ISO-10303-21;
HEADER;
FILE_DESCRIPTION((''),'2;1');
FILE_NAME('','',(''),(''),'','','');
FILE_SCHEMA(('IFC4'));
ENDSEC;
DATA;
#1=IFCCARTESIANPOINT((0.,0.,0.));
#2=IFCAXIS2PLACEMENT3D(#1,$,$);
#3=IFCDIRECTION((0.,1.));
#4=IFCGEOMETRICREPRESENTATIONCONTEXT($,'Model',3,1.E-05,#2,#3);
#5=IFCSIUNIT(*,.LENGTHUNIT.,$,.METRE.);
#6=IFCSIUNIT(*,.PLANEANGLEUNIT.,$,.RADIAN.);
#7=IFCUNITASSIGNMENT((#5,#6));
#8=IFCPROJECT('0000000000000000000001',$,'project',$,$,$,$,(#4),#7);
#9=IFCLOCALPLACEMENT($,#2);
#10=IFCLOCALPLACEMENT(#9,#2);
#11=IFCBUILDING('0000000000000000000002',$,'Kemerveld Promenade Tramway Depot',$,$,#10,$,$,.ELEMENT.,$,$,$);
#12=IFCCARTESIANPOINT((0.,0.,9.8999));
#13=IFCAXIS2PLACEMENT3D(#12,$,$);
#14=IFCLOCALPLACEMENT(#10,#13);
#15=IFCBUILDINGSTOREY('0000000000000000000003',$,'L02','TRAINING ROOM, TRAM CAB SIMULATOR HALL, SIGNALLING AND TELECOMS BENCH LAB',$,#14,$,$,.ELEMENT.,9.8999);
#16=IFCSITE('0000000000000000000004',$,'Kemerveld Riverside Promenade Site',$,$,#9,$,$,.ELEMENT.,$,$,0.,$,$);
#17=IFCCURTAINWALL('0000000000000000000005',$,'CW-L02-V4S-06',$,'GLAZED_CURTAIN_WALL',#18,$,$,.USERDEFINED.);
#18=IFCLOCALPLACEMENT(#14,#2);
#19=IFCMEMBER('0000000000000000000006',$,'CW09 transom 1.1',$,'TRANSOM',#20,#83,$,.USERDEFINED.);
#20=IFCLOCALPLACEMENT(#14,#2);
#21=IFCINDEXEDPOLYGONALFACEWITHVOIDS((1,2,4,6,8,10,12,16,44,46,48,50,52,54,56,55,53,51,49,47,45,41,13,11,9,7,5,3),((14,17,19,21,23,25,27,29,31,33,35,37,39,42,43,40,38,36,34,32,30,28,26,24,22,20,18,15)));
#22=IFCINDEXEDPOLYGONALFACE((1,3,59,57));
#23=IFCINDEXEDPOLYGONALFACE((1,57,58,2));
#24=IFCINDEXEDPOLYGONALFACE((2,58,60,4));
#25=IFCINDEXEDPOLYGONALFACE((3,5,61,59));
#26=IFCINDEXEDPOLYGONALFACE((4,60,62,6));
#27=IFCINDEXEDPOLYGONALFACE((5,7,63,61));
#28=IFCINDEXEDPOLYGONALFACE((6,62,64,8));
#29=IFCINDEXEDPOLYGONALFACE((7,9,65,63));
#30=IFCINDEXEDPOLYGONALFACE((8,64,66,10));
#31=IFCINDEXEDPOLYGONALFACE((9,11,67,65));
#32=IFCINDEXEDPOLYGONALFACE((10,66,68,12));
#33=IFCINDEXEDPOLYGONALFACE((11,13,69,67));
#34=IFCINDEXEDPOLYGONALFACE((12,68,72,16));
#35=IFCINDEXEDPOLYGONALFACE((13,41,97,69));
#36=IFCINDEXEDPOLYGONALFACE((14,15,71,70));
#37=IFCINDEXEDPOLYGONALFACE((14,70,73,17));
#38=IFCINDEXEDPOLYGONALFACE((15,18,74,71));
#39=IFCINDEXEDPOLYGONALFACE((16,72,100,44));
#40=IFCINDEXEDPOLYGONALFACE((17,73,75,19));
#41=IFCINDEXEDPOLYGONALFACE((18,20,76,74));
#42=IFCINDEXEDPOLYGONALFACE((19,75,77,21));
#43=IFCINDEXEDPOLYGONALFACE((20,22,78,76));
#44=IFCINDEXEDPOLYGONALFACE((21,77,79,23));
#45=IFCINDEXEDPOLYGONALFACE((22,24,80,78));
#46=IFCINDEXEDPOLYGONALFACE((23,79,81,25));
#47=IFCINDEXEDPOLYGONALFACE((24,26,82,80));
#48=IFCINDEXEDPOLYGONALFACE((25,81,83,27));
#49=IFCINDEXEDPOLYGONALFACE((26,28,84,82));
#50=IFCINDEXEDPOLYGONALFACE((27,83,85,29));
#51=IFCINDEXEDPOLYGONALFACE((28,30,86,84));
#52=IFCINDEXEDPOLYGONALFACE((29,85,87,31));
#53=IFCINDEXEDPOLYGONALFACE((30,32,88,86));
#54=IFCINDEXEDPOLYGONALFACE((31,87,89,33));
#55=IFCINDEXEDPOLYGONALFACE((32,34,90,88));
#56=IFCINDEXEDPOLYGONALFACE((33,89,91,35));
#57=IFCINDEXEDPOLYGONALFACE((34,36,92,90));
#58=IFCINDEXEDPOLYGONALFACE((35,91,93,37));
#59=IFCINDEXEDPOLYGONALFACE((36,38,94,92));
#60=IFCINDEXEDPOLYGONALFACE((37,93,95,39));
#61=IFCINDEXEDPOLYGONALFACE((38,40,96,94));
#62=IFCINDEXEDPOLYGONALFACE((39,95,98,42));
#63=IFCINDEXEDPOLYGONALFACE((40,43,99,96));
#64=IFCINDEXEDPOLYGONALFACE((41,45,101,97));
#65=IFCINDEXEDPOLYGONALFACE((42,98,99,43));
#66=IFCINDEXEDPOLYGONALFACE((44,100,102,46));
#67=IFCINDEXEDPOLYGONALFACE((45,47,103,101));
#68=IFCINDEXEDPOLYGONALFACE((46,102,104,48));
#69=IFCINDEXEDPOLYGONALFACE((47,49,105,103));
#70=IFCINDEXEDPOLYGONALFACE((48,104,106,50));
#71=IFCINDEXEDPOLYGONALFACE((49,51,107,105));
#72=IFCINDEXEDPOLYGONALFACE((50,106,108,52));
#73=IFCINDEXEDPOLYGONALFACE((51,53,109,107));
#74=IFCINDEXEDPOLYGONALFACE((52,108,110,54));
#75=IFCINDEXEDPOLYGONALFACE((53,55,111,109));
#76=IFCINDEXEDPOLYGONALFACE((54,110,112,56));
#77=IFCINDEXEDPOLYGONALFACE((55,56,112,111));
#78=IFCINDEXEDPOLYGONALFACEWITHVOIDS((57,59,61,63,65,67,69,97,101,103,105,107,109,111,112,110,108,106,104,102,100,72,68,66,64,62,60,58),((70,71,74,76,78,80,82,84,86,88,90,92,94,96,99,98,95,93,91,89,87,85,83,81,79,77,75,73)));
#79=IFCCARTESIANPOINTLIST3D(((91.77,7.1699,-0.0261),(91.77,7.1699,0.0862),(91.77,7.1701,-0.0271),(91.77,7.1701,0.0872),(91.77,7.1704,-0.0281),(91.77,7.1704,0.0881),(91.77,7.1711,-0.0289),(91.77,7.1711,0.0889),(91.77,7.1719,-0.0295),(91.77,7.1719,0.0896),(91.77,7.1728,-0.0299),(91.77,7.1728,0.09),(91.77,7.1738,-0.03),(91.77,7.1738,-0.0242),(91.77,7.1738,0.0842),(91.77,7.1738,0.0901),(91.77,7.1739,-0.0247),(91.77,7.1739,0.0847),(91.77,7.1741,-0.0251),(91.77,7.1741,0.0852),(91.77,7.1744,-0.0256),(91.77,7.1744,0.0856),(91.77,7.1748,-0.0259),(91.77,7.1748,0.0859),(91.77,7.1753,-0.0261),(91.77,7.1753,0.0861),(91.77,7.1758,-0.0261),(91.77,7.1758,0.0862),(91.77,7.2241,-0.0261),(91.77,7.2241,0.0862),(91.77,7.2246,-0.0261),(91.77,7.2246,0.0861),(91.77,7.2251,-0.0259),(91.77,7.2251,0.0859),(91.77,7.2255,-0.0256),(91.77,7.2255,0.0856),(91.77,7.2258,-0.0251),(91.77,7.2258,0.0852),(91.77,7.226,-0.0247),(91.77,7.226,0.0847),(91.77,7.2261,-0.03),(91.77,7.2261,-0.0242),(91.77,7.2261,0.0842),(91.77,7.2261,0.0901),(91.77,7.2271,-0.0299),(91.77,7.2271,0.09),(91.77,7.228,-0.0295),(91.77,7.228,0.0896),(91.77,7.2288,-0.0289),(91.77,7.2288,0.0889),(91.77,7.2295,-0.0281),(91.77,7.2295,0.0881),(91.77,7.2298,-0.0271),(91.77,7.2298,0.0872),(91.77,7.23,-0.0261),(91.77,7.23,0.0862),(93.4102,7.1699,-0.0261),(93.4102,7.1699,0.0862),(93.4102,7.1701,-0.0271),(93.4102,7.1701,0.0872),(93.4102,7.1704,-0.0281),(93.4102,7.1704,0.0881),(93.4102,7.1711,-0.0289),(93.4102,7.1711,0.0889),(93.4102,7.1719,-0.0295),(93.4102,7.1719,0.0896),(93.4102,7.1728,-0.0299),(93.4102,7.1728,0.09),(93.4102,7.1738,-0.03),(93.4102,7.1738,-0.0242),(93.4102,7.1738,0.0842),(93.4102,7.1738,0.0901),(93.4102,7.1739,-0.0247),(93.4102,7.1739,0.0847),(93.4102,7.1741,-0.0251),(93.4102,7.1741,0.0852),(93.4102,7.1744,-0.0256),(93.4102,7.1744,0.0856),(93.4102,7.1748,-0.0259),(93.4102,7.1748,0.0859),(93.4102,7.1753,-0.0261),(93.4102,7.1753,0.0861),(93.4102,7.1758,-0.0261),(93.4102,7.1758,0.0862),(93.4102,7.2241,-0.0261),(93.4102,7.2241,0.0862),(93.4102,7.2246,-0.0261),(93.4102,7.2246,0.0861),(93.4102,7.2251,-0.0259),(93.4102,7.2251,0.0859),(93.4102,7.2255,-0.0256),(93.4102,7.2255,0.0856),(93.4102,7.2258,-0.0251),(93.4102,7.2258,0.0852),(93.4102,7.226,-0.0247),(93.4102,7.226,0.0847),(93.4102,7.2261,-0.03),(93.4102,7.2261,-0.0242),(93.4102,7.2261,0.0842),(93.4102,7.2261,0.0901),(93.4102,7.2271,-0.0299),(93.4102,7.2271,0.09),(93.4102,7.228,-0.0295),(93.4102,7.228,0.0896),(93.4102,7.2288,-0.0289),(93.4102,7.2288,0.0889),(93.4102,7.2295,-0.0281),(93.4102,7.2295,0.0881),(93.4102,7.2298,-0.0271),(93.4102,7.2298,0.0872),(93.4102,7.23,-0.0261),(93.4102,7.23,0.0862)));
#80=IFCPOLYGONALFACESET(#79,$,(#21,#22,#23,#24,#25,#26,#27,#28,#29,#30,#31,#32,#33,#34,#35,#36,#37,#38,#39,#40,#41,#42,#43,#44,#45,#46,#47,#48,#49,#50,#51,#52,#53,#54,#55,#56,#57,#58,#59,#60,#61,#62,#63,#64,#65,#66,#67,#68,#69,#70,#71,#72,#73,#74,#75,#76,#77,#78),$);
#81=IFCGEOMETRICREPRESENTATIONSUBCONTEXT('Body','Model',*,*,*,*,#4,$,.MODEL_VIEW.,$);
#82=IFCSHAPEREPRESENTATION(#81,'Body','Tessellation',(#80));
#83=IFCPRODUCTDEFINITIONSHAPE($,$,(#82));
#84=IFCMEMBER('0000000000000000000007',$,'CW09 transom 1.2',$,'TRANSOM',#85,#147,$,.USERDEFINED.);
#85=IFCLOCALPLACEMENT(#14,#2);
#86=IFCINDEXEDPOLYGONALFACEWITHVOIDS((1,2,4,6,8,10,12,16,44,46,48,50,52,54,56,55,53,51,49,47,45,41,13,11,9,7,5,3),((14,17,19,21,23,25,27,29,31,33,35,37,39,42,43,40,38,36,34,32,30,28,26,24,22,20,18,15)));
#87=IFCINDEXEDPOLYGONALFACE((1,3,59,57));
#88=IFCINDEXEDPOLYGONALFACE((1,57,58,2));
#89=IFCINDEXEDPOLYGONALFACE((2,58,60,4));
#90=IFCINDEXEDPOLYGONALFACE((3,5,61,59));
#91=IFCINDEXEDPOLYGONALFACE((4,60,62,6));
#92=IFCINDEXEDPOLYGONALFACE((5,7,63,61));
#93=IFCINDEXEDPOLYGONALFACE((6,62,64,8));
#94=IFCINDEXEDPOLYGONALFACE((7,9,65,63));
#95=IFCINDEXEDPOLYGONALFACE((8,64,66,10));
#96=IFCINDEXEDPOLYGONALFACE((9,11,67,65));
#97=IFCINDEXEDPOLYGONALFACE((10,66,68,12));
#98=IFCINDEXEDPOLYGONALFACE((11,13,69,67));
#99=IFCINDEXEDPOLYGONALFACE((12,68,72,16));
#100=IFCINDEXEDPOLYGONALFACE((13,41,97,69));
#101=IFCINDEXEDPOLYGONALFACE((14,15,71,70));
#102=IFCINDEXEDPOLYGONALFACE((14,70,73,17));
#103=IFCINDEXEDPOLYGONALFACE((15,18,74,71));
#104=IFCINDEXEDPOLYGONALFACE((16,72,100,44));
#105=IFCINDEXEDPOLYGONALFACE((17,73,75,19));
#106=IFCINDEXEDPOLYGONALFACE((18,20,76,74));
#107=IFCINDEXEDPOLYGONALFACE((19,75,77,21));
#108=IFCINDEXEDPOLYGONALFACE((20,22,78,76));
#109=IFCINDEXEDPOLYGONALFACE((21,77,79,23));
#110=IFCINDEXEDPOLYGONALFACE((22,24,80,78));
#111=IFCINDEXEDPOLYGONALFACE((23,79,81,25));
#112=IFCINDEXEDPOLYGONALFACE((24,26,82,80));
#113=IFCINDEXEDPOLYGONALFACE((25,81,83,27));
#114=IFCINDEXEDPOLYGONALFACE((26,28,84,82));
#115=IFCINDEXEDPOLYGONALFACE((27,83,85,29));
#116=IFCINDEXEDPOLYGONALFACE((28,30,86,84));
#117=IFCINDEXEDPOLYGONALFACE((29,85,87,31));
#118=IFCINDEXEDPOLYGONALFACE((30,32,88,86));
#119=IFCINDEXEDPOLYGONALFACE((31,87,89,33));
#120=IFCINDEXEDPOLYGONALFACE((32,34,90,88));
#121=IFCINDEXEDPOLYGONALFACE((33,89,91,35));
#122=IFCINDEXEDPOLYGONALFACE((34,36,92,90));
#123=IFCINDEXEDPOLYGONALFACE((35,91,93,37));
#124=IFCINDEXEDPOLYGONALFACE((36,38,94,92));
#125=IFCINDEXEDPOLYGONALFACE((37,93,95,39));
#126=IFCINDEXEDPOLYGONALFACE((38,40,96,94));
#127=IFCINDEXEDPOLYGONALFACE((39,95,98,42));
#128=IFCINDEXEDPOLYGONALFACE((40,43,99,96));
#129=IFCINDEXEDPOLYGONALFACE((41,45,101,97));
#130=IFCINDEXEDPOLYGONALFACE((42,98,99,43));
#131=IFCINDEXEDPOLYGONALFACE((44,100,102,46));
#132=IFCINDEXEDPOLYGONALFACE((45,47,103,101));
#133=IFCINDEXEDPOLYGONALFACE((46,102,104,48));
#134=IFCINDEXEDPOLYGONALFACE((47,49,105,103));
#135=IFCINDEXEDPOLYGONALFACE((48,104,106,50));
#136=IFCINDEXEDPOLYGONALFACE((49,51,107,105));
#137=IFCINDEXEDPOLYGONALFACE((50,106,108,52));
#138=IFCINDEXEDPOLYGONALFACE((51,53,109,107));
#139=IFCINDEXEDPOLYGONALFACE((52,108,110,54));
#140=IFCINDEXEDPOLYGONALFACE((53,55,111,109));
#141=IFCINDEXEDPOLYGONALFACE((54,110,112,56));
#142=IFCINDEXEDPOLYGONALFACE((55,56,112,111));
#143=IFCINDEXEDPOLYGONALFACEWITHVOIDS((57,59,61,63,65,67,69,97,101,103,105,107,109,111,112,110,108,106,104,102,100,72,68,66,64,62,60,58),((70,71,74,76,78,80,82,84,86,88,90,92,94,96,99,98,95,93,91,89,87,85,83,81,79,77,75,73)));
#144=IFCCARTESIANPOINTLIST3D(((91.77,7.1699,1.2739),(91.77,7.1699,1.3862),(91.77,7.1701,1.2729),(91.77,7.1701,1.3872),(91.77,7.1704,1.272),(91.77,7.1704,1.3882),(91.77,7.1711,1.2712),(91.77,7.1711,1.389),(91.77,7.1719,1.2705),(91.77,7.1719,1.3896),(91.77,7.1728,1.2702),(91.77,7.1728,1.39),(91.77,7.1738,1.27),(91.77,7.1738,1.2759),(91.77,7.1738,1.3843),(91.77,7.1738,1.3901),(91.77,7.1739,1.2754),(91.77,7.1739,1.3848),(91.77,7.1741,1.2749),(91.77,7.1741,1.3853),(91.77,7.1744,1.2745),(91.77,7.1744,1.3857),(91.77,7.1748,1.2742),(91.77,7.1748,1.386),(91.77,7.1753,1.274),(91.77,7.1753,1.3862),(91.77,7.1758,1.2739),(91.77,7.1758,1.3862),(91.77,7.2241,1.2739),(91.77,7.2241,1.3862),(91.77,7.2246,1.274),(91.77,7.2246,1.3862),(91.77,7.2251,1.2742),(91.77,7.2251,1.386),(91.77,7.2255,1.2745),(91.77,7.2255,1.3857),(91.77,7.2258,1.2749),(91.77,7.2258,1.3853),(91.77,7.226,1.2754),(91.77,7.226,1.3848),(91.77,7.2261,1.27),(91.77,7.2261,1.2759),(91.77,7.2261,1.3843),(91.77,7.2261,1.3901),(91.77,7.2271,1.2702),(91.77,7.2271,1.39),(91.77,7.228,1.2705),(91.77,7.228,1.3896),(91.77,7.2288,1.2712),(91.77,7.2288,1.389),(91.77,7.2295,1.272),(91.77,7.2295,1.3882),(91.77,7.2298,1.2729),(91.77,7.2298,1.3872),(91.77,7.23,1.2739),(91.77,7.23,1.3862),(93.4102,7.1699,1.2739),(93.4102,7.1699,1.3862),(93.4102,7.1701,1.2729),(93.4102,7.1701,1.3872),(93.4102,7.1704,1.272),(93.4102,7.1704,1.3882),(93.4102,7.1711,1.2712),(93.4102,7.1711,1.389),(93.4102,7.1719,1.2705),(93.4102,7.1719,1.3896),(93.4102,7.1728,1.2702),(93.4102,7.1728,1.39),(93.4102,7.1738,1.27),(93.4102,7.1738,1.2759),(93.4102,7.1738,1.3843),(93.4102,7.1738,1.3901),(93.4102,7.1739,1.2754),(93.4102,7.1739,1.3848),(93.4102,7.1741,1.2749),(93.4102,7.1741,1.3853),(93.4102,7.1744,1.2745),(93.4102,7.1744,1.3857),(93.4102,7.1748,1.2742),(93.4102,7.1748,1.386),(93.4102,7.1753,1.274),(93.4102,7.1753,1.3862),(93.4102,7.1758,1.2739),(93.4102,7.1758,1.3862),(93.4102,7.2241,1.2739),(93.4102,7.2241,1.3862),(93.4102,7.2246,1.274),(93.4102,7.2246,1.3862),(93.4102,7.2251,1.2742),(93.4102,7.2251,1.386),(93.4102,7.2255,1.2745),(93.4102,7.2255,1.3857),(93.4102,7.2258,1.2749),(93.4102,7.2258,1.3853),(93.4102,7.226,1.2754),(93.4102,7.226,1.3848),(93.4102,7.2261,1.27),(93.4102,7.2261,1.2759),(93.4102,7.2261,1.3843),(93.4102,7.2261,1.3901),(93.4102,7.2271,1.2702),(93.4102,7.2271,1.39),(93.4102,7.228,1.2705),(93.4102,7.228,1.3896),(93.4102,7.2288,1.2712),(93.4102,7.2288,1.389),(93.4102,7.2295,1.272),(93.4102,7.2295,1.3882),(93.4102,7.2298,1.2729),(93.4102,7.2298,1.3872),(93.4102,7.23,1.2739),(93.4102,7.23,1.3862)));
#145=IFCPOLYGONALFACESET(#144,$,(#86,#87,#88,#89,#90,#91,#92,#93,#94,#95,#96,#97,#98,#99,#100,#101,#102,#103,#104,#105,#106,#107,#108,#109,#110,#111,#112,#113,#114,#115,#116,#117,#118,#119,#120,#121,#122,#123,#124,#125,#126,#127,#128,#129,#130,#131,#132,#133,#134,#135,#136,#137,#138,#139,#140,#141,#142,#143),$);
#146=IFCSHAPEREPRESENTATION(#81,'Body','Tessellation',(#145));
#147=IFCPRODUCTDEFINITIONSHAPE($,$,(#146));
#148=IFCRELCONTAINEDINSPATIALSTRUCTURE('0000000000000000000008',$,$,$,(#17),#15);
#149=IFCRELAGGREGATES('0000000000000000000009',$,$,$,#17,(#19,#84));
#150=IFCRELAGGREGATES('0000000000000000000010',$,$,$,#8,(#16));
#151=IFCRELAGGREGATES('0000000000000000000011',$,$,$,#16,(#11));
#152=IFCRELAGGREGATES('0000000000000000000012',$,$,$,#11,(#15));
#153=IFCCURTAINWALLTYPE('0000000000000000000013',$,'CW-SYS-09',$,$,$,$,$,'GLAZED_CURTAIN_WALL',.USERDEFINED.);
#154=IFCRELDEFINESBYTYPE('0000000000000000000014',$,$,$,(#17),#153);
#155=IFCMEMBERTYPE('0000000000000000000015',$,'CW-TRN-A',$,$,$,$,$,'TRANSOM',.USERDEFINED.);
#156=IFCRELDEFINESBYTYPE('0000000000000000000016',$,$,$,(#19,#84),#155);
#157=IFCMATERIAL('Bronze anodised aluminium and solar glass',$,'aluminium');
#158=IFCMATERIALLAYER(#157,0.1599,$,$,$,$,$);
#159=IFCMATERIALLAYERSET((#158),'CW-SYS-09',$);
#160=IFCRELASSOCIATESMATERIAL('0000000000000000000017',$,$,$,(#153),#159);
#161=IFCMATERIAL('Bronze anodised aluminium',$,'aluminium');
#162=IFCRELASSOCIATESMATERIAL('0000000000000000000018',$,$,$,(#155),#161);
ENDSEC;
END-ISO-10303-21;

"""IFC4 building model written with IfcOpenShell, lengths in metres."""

from ifc_helpers import new_model, si_unit, direction, frame, origin, origin_2d, place, context, subcontext, project, spatial, hollow_rectangle, extrude, material, layer, layer_set, material_profile, profile_set, type_object, element, aggregate, save


model = new_model("IFC4")

# Units and contexts
model_context = context("Model", 3, precision=1e-05, world=origin(), true_north=direction((0.0, 1.0)))
body_context = subcontext(model_context, "Body", "Model", "MODEL_VIEW")
ifc_project = project(units=[si_unit("LENGTHUNIT", "METRE"), si_unit("PLANEANGLEUNIT", "RADIAN")], contexts=[model_context])

# Site, building, storey
site_placement = place(None, origin())
site = spatial("IfcSite", under=ifc_project, at=site_placement, Name="Kemerveld Riverside Promenade Site", CompositionType="ELEMENT", RefElevation=0.0)
building_placement = place(site_placement, origin())
building = spatial("IfcBuilding", under=site, at=building_placement, Name="Kemerveld Promenade Tramway Depot", CompositionType="ELEMENT")
storey_placement = place(building_placement, frame((0.0, 0.0, 9.8999)))
storey = spatial("IfcBuildingStorey", under=building, at=storey_placement, Name="L02", Description="TRAINING ROOM, TRAM CAB SIMULATOR HALL, SIGNALLING AND TELECOMS BENCH LAB", CompositionType="ELEMENT", Elevation=9.8999)

# Curtain wall, members
ifc_material_1 = material(Name="Bronze anodised aluminium and solar glass", Category="aluminium")
ifc_layer_1 = layer(ifc_material_1, 0.1599)
ifc_layer_set_1 = layer_set([ifc_layer_1], Name="CW-SYS-09")
curtain_wall_type = type_object("IfcCurtainWallType", Name="CW-SYS-09", ElementType="GLAZED_CURTAIN_WALL", PredefinedType="USERDEFINED", material=ifc_layer_set_1)
curtain_wall_placement = place(storey_placement, origin())
curtain_wall = element("IfcCurtainWall", 1, at=curtain_wall_placement, inside=storey, type_object=curtain_wall_type, Name="CW-L02-V4S-06", ObjectType="GLAZED_CURTAIN_WALL", PredefinedType="USERDEFINED")
ifc_material_2 = material(Name="Bronze anodised aluminium", Category="aluminium")
ifc_material_profile_1 = material_profile(ifc_material_2, hollow_rectangle(XDim=0.0601, YDim=0.1201, WallThickness=0.0039, InnerFilletRadius=0.002, OuterFilletRadius=0.0039, at=origin_2d()), Name="CW-TRN-120x60")
ifc_profile_set_1 = profile_set([ifc_material_profile_1], Name="Bronze anodised aluminium")
member_type_1 = type_object("IfcMemberType", Name="CW-TRN-A", ElementType="TRANSOM", PredefinedType="USERDEFINED", material=ifc_profile_set_1)
member_1_placement = place(storey_placement, frame((93.4102, 7.2, 0.03), z_axis=(-1.0, 0.0, 0.0), x_axis=(0.0, -1.0, 0.0)))
member_1 = element("IfcMember", 2, at=member_1_placement, type_object=member_type_1, Name="CW09 transom 1.1", ObjectType="TRANSOM", PredefinedType="USERDEFINED", context=body_context, shape_type="SweptSolid", body=[
    extrude(hollow_rectangle(XDim=0.0601, YDim=0.1201, WallThickness=0.0039, InnerFilletRadius=0.002, OuterFilletRadius=0.0039, at=origin_2d()), origin(), (0.0, 0.0, 1.0), 1.6401),
])
member_2_placement = place(storey_placement, frame((93.4102, 7.2, 1.3301), z_axis=(-1.0, 0.0, 0.0), x_axis=(0.0, -1.0, 0.0)))
member_2 = element("IfcMember", 3, at=member_2_placement, type_object=member_type_1, Name="CW09 transom 1.2", ObjectType="TRANSOM", PredefinedType="USERDEFINED", context=body_context, shape_type="SweptSolid", body=[
    extrude(hollow_rectangle(XDim=0.0601, YDim=0.1201, WallThickness=0.0039, InnerFilletRadius=0.002, OuterFilletRadius=0.0039, at=origin_2d()), origin(), (0.0, 0.0, 1.0), 1.6401),
])
aggregate(curtain_wall, [member_1, member_2])

save(model, "model.ifc")
